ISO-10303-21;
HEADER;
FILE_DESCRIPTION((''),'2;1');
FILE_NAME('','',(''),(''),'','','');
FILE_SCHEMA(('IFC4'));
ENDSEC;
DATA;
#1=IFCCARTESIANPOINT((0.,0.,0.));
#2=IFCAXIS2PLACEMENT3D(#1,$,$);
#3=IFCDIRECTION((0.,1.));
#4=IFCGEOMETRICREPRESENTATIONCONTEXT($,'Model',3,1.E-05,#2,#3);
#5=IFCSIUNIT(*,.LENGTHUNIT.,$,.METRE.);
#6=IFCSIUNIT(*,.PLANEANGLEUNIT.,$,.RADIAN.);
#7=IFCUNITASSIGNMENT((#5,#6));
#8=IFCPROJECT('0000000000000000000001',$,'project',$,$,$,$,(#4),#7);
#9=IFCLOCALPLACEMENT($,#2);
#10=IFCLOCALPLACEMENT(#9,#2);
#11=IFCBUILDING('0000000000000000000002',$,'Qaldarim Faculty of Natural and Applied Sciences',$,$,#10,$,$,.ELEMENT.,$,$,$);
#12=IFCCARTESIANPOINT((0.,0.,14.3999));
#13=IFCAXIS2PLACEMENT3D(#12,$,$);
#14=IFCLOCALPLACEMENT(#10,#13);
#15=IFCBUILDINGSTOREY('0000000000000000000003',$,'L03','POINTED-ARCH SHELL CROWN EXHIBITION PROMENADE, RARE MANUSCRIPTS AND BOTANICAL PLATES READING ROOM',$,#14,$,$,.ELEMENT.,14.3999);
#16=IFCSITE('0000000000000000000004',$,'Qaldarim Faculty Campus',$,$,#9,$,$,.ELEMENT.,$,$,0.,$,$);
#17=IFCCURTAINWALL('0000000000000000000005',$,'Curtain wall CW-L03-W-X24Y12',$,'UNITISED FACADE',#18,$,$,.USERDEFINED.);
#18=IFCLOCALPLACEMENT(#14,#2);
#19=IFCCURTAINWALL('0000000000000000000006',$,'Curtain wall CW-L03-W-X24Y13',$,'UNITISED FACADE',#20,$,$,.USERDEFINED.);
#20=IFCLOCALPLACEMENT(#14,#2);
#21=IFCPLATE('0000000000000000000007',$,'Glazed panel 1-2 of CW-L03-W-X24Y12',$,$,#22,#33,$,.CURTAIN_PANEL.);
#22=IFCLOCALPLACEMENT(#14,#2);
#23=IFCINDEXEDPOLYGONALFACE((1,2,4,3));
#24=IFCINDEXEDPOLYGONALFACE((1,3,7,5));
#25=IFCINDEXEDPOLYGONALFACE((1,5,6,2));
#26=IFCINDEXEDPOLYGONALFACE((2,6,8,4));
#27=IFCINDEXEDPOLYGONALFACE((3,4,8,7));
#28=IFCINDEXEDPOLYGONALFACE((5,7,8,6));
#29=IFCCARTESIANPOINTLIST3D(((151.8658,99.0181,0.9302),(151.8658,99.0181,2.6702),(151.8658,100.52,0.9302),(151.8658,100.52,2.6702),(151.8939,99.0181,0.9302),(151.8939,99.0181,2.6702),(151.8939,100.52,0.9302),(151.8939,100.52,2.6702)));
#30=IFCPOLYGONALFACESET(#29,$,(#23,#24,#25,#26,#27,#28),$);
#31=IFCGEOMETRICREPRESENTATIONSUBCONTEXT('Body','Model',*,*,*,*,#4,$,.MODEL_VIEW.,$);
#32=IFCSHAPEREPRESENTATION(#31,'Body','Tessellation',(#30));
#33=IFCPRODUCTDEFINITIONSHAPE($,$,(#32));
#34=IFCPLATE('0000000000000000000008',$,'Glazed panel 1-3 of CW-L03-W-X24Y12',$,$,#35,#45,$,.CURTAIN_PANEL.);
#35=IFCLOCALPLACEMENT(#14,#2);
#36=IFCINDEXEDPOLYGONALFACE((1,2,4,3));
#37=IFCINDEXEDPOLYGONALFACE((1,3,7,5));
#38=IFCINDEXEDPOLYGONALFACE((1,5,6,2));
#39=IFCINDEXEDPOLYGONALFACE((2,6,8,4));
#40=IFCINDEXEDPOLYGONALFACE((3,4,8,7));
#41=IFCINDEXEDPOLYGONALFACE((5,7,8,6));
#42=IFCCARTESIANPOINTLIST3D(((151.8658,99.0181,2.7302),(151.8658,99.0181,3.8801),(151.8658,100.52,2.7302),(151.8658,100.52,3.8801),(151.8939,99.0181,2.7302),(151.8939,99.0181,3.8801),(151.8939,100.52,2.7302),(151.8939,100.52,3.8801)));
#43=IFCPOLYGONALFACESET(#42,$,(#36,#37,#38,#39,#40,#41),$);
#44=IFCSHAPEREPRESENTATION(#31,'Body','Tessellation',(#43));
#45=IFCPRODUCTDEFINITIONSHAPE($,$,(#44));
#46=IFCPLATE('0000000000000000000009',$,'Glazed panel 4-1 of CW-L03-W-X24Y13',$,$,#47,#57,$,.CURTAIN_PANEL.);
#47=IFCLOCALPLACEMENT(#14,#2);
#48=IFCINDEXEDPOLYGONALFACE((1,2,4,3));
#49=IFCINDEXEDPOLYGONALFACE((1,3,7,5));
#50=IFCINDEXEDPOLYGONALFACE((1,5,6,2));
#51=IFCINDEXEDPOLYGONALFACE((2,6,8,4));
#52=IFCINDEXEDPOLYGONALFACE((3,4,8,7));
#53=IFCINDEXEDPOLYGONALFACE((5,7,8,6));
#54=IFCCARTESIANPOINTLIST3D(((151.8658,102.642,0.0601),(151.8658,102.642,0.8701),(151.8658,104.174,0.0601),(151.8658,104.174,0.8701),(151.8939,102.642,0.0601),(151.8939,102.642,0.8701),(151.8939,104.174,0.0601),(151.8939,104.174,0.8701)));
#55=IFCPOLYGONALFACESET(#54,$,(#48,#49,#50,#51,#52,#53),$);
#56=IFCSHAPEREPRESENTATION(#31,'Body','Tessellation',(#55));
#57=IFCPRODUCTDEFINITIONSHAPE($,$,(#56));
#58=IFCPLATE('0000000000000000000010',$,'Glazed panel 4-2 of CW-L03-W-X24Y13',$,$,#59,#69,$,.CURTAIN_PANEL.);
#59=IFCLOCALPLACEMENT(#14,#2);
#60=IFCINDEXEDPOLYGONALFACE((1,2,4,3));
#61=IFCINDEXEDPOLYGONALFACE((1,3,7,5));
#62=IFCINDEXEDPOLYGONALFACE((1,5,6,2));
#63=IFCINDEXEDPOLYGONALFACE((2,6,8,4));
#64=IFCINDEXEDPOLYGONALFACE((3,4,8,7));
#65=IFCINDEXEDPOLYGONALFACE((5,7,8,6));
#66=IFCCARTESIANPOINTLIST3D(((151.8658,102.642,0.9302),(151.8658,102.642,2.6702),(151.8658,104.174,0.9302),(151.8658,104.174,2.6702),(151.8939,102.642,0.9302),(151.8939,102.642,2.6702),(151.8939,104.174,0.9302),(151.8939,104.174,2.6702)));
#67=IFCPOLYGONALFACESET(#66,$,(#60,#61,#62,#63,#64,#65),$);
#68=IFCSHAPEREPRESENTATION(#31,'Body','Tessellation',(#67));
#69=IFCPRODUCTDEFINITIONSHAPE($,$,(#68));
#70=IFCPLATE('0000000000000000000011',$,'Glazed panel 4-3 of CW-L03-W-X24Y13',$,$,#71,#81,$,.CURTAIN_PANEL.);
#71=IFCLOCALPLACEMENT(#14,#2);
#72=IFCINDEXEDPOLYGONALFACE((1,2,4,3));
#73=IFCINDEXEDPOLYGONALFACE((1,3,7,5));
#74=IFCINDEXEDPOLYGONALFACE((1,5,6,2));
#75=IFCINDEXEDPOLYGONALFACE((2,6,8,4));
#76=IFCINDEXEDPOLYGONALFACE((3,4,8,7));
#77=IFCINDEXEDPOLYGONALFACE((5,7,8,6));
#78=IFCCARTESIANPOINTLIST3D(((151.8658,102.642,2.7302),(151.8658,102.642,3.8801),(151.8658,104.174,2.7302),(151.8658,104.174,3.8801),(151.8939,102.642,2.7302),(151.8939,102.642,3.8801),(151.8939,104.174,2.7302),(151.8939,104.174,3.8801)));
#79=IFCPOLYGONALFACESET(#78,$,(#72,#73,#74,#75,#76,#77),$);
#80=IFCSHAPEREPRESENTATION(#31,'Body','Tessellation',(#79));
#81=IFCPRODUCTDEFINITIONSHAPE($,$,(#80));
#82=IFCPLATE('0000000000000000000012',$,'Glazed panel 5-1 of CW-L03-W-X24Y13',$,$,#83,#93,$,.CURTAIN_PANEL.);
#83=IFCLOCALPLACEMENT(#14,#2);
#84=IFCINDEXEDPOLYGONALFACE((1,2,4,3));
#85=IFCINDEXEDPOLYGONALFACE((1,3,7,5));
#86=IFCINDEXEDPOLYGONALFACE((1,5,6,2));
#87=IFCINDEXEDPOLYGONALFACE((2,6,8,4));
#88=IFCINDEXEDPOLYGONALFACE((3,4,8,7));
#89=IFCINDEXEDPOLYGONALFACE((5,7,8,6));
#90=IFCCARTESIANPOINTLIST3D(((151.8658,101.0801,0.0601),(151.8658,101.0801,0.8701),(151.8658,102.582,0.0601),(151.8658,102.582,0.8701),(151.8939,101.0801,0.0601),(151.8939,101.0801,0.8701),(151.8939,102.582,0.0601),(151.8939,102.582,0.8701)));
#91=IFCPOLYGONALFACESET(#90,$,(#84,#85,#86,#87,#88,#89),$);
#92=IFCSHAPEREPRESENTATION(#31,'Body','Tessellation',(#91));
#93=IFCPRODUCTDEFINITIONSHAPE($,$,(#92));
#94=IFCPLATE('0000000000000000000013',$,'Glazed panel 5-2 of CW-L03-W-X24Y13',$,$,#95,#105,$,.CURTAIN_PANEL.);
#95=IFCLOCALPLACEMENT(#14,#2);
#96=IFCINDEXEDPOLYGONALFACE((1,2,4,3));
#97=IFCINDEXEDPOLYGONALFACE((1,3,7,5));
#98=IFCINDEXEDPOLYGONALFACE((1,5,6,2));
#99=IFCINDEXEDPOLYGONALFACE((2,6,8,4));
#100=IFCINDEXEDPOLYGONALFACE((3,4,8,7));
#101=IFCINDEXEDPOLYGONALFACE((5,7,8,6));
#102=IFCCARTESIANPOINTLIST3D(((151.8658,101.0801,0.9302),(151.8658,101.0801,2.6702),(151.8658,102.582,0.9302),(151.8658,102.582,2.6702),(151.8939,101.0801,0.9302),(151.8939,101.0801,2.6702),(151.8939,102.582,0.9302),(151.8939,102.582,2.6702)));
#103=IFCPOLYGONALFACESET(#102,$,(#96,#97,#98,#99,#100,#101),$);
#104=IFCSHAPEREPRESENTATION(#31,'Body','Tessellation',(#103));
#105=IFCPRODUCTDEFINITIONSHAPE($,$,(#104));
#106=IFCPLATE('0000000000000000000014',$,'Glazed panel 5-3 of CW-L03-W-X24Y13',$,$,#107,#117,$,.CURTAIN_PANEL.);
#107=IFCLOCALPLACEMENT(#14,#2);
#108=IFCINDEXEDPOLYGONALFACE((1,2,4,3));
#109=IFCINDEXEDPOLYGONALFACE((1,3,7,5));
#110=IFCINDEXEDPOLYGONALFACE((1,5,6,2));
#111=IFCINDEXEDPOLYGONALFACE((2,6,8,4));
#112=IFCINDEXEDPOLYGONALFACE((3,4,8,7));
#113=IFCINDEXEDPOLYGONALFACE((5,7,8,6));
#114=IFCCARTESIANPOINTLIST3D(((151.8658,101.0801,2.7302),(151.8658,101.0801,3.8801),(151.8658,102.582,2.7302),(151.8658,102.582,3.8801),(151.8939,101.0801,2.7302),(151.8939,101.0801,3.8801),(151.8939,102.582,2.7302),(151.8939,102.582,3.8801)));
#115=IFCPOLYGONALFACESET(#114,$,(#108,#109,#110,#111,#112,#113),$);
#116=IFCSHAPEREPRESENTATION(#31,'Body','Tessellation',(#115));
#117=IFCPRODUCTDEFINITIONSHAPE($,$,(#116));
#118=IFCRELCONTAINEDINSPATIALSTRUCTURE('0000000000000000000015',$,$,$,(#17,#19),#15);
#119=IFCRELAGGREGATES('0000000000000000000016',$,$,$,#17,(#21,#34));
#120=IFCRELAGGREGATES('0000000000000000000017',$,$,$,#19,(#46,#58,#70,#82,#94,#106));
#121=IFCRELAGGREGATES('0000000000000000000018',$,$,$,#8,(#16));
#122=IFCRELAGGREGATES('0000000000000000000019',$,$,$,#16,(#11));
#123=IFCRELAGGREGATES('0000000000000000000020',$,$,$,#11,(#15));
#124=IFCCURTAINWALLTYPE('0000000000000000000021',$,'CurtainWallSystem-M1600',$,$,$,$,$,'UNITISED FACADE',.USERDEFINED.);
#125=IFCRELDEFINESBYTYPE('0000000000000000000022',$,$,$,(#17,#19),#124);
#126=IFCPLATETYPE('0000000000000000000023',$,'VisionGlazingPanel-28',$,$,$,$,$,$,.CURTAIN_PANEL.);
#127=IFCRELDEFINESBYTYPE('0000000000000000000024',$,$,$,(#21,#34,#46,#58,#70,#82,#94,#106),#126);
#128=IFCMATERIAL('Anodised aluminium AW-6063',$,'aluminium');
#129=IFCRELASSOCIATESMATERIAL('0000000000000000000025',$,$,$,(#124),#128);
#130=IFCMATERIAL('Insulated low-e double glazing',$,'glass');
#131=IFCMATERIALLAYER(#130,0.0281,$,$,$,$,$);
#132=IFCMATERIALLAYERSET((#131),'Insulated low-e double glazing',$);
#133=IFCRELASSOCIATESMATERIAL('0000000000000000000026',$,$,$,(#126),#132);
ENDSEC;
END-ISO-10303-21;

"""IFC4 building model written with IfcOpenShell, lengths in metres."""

from ifc_helpers import new_model, si_unit, direction, frame, origin, origin_2d, place, context, subcontext, project, spatial, rectangle, extrude, material, layer, layer_set, type_object, element, aggregate, save


model = new_model("IFC4")

# Units and contexts
model_context = context("Model", 3, precision=1e-05, world=origin(), true_north=direction((0.0, 1.0)))
body_context = subcontext(model_context, "Body", "Model", "MODEL_VIEW")
ifc_project = project(units=[si_unit("LENGTHUNIT", "METRE"), si_unit("PLANEANGLEUNIT", "RADIAN")], contexts=[model_context])

# Site, building, storey
site_placement = place(None, origin())
site = spatial("IfcSite", under=ifc_project, at=site_placement, Name="Qaldarim Faculty Campus", CompositionType="ELEMENT", RefElevation=0.0)
building_placement = place(site_placement, origin())
building = spatial("IfcBuilding", under=site, at=building_placement, Name="Qaldarim Faculty of Natural and Applied Sciences", CompositionType="ELEMENT")
storey_placement = place(building_placement, frame((0.0, 0.0, 14.3999)))
storey = spatial("IfcBuildingStorey", under=building, at=storey_placement, Name="L03", Description="POINTED-ARCH SHELL CROWN EXHIBITION PROMENADE, RARE MANUSCRIPTS AND BOTANICAL PLATES READING ROOM", CompositionType="ELEMENT", Elevation=14.3999)

# Curtain walls
ifc_material_1 = material(Name="Anodised aluminium AW-6063", Category="aluminium")
curtain_wall_type = type_object("IfcCurtainWallType", Name="CurtainWallSystem-M1600", ElementType="UNITISED FACADE", PredefinedType="USERDEFINED", material=ifc_material_1)
curtain_wall_1_placement = place(storey_placement, origin())
curtain_wall_1 = element("IfcCurtainWall", 1, at=curtain_wall_1_placement, inside=storey, type_object=curtain_wall_type, Name="Curtain wall CW-L03-W-X24Y12", ObjectType="UNITISED FACADE", PredefinedType="USERDEFINED")
curtain_wall_2_placement = place(storey_placement, origin())
curtain_wall_2 = element("IfcCurtainWall", 2, at=curtain_wall_2_placement, inside=storey, type_object=curtain_wall_type, Name="Curtain wall CW-L03-W-X24Y13", ObjectType="UNITISED FACADE", PredefinedType="USERDEFINED")

# Plates
ifc_material_2 = material(Name="Insulated low-e double glazing", Category="glass")
ifc_layer = layer(ifc_material_2, 0.0281)
ifc_layer_set = layer_set([ifc_layer], Name="Insulated low-e double glazing")
plate_type = type_object("IfcPlateType", Name="VisionGlazingPanel-28", PredefinedType="CURTAIN_PANEL", material=ifc_layer_set)
plate_1_placement = place(storey_placement, frame((151.8799, 99.769, 0.9302), z_axis=(0.0, 0.0, 1.0), x_axis=(0.0, -1.0, 0.0)))
plate_1 = element("IfcPlate", 3, at=plate_1_placement, type_object=plate_type, Name="Glazed panel 1-2 of CW-L03-W-X24Y12", PredefinedType="CURTAIN_PANEL", context=body_context, shape_type="SweptSolid", body=[
    extrude(rectangle(XDim=1.502, YDim=0.0281, at=origin_2d()), origin(), (0.0, 0.0, 1.0), 1.74),
])
plate_2_placement = place(storey_placement, frame((151.8799, 99.769, 2.7302), z_axis=(0.0, 0.0, 1.0), x_axis=(0.0, -1.0, 0.0)))
plate_2 = element("IfcPlate", 4, at=plate_2_placement, type_object=plate_type, Name="Glazed panel 1-3 of CW-L03-W-X24Y12", PredefinedType="CURTAIN_PANEL", context=body_context, shape_type="SweptSolid", body=[
    extrude(rectangle(XDim=1.502, YDim=0.0281, at=origin_2d()), origin(), (0.0, 0.0, 1.0), 1.1499),
])
aggregate(curtain_wall_1, [plate_1, plate_2])
plate_3_placement = place(storey_placement, frame((151.8799, 103.408, 0.0601), z_axis=(0.0, 0.0, 1.0), x_axis=(0.0, -1.0, 0.0)))
plate_3 = element("IfcPlate", 5, at=plate_3_placement, type_object=plate_type, Name="Glazed panel 4-1 of CW-L03-W-X24Y13", PredefinedType="CURTAIN_PANEL", context=body_context, shape_type="SweptSolid", body=[
    extrude(rectangle(XDim=1.532, YDim=0.0281, at=origin_2d()), origin(), (0.0, 0.0, 1.0), 0.8101),
])
plate_4_placement = place(storey_placement, frame((151.8799, 103.408, 0.9302), z_axis=(0.0, 0.0, 1.0), x_axis=(0.0, -1.0, 0.0)))
plate_4 = element("IfcPlate", 6, at=plate_4_placement, type_object=plate_type, Name="Glazed panel 4-2 of CW-L03-W-X24Y13", PredefinedType="CURTAIN_PANEL", context=body_context, shape_type="SweptSolid", body=[
    extrude(rectangle(XDim=1.532, YDim=0.0281, at=origin_2d()), origin(), (0.0, 0.0, 1.0), 1.74),
])
plate_5_placement = place(storey_placement, frame((151.8799, 103.408, 2.7302), z_axis=(0.0, 0.0, 1.0), x_axis=(0.0, -1.0, 0.0)))
plate_5 = element("IfcPlate", 7, at=plate_5_placement, type_object=plate_type, Name="Glazed panel 4-3 of CW-L03-W-X24Y13", PredefinedType="CURTAIN_PANEL", context=body_context, shape_type="SweptSolid", body=[
    extrude(rectangle(XDim=1.532, YDim=0.0281, at=origin_2d()), origin(), (0.0, 0.0, 1.0), 1.1499),
])
plate_6_placement = place(storey_placement, frame((151.8799, 101.8311, 0.0601), z_axis=(0.0, 0.0, 1.0), x_axis=(0.0, -1.0, 0.0)))
plate_6 = element("IfcPlate", 8, at=plate_6_placement, type_object=plate_type, Name="Glazed panel 5-1 of CW-L03-W-X24Y13", PredefinedType="CURTAIN_PANEL", context=body_context, shape_type="SweptSolid", body=[
    extrude(rectangle(XDim=1.502, YDim=0.0281, at=origin_2d()), origin(), (0.0, 0.0, 1.0), 0.8101),
])
plate_7_placement = place(storey_placement, frame((151.8799, 101.8311, 0.9302), z_axis=(0.0, 0.0, 1.0), x_axis=(0.0, -1.0, 0.0)))
plate_7 = element("IfcPlate", 9, at=plate_7_placement, type_object=plate_type, Name="Glazed panel 5-2 of CW-L03-W-X24Y13", PredefinedType="CURTAIN_PANEL", context=body_context, shape_type="SweptSolid", body=[
    extrude(rectangle(XDim=1.502, YDim=0.0281, at=origin_2d()), origin(), (0.0, 0.0, 1.0), 1.74),
])
plate_8_placement = place(storey_placement, frame((151.8799, 101.8311, 2.7302), z_axis=(0.0, 0.0, 1.0), x_axis=(0.0, -1.0, 0.0)))
plate_8 = element("IfcPlate", 10, at=plate_8_placement, type_object=plate_type, Name="Glazed panel 5-3 of CW-L03-W-X24Y13", PredefinedType="CURTAIN_PANEL", context=body_context, shape_type="SweptSolid", body=[
    extrude(rectangle(XDim=1.502, YDim=0.0281, at=origin_2d()), origin(), (0.0, 0.0, 1.0), 1.1499),
])
aggregate(curtain_wall_2, [plate_3, plate_4, plate_5, plate_6, plate_7, plate_8])

save(model, "model.ifc")
